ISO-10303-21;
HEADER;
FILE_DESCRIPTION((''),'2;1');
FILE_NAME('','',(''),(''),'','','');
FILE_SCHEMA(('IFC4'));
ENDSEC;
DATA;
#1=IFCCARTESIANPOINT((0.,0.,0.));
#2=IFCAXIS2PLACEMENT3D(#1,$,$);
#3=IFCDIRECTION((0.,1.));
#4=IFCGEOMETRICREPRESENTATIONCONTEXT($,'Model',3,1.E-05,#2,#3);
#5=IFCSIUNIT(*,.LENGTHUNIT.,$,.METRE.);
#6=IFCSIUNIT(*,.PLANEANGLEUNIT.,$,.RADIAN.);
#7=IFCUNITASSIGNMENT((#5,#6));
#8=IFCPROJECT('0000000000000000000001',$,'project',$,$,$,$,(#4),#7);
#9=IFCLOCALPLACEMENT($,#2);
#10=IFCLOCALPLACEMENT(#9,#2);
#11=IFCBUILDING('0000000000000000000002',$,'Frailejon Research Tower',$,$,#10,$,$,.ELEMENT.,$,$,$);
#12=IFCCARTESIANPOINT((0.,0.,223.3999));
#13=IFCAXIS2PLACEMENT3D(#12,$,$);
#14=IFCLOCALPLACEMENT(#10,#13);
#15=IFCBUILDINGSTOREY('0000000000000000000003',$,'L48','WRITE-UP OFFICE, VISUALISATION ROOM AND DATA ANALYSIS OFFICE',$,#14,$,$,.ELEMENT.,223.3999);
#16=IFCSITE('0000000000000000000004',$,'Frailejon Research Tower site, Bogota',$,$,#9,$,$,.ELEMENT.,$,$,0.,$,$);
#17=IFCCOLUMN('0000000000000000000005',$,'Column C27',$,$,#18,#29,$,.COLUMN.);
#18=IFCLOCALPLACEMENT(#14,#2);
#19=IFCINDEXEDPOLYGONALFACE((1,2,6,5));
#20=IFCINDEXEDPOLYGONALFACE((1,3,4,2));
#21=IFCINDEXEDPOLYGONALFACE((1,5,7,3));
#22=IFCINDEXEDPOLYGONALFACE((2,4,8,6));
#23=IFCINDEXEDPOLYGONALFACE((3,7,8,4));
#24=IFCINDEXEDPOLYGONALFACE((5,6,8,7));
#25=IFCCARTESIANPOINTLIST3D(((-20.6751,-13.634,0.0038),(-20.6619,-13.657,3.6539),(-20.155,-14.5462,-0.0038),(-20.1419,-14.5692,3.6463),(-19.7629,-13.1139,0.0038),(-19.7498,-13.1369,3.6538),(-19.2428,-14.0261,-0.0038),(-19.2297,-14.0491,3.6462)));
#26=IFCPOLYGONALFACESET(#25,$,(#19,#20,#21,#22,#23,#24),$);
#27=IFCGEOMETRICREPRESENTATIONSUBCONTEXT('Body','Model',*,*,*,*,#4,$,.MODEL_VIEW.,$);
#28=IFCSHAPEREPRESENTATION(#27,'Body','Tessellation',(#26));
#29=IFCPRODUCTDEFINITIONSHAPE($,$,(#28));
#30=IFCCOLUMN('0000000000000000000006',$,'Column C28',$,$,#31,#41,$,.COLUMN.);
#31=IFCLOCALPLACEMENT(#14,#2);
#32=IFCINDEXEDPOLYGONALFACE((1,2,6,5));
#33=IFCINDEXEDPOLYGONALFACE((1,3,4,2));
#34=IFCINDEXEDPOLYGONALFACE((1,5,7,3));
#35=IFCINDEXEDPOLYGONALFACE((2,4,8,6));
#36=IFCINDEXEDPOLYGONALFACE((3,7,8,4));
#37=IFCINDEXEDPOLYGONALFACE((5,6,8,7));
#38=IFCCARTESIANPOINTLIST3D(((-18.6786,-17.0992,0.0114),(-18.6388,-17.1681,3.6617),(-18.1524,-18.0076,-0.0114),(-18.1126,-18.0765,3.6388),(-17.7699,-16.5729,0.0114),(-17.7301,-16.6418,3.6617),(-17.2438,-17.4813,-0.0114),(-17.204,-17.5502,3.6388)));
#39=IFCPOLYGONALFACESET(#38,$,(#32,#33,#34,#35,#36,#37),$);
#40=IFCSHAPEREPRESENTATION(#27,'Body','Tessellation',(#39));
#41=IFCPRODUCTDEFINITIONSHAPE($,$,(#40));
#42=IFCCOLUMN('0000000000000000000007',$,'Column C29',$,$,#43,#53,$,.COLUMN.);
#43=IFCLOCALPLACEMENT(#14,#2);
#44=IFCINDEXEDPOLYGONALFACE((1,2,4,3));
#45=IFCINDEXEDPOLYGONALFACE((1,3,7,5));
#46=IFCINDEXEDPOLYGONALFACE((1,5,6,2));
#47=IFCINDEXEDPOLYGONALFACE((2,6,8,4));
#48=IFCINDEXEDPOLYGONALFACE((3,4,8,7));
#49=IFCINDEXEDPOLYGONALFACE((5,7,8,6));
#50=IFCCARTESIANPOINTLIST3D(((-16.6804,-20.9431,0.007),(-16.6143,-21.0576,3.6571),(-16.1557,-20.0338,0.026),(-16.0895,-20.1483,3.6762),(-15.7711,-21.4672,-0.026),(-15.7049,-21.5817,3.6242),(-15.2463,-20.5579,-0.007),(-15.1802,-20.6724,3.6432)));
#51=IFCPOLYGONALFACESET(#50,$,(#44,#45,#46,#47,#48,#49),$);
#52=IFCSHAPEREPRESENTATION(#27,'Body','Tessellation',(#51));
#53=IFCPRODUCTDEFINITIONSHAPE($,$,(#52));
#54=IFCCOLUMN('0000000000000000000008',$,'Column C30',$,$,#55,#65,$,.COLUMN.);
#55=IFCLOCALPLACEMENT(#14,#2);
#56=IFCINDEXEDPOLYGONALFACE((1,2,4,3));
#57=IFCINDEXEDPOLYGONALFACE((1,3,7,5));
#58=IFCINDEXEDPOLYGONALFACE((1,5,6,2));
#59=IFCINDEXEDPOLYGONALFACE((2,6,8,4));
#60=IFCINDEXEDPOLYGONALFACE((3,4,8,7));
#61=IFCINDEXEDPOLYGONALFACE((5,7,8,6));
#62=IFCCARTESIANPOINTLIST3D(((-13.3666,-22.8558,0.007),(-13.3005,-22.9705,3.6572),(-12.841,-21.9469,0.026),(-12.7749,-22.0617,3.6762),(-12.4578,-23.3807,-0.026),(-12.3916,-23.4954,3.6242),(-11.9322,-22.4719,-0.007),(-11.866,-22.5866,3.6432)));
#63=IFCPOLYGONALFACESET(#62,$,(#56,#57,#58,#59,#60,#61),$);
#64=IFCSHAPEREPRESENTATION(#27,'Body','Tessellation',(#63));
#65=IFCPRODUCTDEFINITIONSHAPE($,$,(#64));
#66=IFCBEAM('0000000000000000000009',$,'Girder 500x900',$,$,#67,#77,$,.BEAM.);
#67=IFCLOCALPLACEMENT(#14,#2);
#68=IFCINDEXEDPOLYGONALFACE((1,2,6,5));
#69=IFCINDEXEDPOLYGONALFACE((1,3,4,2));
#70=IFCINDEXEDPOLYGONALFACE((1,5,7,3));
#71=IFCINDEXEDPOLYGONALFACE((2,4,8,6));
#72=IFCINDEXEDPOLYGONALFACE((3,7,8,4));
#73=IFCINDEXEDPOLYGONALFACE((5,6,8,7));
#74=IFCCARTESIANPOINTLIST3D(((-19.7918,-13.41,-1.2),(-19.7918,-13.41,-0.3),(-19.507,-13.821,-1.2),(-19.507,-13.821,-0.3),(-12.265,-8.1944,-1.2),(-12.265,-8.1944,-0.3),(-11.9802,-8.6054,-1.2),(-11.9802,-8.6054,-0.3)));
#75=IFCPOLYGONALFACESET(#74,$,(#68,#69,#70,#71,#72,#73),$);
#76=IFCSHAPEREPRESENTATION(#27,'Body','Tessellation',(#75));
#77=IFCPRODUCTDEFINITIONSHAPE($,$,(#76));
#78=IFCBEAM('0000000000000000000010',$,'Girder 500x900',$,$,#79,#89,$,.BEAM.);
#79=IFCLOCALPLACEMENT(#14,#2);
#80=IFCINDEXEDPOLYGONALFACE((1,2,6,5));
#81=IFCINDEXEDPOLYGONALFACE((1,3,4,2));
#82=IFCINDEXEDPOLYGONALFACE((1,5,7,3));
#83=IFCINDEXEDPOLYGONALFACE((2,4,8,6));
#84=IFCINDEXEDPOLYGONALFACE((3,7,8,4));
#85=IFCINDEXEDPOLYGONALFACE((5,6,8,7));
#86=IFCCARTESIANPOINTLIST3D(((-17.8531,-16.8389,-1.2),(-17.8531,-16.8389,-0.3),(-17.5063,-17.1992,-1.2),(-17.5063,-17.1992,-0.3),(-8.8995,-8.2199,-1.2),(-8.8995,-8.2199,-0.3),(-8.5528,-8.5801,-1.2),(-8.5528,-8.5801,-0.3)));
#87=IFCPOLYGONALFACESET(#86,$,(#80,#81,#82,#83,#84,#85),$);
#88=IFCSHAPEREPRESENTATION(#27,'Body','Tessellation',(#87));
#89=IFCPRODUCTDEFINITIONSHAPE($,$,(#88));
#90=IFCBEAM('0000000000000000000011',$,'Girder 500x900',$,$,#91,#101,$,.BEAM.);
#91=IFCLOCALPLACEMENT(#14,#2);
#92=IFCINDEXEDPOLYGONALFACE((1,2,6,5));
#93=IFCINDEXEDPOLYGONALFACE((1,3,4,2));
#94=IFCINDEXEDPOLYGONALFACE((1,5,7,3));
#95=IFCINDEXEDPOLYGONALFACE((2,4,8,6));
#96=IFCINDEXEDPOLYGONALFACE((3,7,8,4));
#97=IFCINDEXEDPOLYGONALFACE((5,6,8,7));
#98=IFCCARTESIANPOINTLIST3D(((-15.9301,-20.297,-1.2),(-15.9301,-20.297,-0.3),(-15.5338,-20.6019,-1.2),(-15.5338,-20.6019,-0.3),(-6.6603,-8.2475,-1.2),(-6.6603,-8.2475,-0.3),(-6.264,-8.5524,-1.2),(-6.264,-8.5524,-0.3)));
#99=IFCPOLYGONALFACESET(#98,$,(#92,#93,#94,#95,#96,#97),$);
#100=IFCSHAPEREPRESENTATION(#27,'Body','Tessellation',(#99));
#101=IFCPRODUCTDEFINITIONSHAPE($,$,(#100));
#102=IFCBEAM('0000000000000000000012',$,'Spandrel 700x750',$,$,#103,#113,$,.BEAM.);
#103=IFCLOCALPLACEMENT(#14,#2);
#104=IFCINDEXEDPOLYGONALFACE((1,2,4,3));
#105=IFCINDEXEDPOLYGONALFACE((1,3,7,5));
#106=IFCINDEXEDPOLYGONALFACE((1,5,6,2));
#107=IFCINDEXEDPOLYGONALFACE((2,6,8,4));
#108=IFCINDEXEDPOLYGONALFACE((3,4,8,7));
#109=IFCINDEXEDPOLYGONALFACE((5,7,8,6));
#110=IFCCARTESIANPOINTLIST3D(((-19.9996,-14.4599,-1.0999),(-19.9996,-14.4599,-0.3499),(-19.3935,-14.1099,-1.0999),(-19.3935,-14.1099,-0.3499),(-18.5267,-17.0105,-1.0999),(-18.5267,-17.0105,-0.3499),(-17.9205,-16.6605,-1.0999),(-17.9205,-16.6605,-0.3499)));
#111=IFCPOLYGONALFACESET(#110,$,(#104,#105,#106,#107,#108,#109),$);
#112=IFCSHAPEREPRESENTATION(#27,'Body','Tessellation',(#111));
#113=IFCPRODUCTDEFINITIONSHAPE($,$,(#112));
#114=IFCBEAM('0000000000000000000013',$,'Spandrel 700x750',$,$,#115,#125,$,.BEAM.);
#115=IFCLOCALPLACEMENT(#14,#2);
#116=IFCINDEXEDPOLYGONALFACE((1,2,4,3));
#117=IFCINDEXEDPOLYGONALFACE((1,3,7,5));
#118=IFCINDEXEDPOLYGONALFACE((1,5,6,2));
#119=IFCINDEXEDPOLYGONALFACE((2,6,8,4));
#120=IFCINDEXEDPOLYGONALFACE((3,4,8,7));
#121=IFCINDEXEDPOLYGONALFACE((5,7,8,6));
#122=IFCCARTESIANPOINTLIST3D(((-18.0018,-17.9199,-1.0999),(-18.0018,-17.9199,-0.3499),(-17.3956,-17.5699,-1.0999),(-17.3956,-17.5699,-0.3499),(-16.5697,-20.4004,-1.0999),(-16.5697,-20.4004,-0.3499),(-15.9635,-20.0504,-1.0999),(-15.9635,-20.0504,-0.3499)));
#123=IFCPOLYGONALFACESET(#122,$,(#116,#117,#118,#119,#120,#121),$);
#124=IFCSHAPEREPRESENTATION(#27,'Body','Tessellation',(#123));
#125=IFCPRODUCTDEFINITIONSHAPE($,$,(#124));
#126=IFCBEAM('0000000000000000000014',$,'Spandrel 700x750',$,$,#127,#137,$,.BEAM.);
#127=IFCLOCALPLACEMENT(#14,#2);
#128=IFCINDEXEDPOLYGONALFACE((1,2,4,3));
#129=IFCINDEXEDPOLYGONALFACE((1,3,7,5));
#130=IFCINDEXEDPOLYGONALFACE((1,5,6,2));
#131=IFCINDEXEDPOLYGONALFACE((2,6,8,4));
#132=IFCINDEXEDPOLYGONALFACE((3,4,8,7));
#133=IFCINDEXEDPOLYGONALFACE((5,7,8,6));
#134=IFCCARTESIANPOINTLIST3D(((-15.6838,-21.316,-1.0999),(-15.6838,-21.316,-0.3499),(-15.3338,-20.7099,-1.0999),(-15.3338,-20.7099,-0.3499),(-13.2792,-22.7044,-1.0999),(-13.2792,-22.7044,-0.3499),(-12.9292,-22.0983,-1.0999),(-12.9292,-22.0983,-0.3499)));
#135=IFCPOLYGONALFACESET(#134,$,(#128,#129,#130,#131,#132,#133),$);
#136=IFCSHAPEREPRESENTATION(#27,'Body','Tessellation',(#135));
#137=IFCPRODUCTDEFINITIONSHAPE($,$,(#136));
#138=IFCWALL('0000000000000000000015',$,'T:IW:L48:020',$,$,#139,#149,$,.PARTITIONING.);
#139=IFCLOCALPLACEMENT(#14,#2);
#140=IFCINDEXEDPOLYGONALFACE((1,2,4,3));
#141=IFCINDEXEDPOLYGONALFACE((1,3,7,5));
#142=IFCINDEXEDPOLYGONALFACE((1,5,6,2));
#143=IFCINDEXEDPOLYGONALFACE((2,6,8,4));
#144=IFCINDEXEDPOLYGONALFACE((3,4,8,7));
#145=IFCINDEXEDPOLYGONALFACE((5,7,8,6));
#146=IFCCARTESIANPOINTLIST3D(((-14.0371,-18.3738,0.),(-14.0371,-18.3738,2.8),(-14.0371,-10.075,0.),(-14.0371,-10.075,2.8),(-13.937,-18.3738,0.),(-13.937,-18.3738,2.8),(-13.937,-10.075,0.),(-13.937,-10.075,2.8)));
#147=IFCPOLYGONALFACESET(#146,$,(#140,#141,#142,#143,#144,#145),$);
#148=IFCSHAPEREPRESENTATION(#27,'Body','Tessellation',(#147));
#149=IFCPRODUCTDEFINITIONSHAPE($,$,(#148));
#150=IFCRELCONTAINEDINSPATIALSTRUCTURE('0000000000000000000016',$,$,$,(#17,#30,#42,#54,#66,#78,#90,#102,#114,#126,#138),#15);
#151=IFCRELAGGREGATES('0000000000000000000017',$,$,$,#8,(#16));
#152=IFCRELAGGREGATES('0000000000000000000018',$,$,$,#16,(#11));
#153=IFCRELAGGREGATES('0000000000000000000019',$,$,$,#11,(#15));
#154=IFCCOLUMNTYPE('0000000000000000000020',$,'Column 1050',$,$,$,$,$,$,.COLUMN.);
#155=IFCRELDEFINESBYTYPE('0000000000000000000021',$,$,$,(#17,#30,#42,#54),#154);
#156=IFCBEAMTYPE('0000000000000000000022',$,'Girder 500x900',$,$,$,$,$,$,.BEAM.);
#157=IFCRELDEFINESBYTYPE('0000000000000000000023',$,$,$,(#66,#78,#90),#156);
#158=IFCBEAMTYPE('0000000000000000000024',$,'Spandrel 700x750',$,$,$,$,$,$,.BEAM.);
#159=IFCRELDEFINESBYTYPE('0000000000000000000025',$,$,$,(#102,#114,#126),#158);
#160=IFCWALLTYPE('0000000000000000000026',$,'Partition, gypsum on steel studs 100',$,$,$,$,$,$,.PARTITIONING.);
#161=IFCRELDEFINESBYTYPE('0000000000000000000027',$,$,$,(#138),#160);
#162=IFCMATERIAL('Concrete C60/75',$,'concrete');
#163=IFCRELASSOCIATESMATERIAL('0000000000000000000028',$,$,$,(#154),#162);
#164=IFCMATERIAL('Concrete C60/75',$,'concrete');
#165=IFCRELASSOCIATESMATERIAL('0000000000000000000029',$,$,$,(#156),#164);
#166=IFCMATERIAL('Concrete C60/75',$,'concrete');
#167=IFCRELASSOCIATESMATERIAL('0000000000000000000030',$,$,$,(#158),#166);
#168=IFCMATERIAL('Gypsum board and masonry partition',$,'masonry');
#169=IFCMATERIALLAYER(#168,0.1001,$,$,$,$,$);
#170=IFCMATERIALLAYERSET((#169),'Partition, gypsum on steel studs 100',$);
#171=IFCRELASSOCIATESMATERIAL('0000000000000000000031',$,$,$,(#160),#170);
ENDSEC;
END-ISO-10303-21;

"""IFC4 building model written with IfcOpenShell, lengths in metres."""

from ifc_helpers import new_model, si_unit, direction, frame, frame_2d, origin, origin_2d, place, context, subcontext, project, spatial, rectangle, extrude, material, layer, layer_set, material_profile, profile_set, type_object, element, save


model = new_model("IFC4")

# Units and contexts
model_context = context("Model", 3, precision=1e-05, world=origin(), true_north=direction((0.0, 1.0)))
body_context = subcontext(model_context, "Body", "Model", "MODEL_VIEW")
ifc_project = project(units=[si_unit("LENGTHUNIT", "METRE"), si_unit("PLANEANGLEUNIT", "RADIAN")], contexts=[model_context])

# Site, building, storey
site_placement = place(None, origin())
site = spatial("IfcSite", under=ifc_project, at=site_placement, Name="Frailejon Research Tower site, Bogota", CompositionType="ELEMENT", RefElevation=0.0)
building_placement = place(site_placement, origin())
building = spatial("IfcBuilding", under=site, at=building_placement, Name="Frailejon Research Tower", CompositionType="ELEMENT")
storey_placement = place(building_placement, frame((0.0, 0.0, 223.3999)))
storey = spatial("IfcBuildingStorey", under=building, at=storey_placement, Name="L48", Description="WRITE-UP OFFICE, VISUALISATION ROOM AND DATA ANALYSIS OFFICE", CompositionType="ELEMENT", Elevation=223.3999)

# Columns
ifc_material_1 = material(Name="Concrete C60/75", Category="concrete")
ifc_material_profile_1 = material_profile(ifc_material_1, rectangle(XDim=1.05, YDim=1.05, at=origin_2d()), Name="Column 1050")
ifc_profile_set_1 = profile_set([ifc_material_profile_1], Name="Concrete C60/75")
column_type = type_object("IfcColumnType", Name="Column 1050", PredefinedType="COLUMN", material=ifc_profile_set_1)
column_1_placement = place(storey_placement, frame((-19.959, -13.8301, 0.0), z_axis=(0.003612, -0.006287, 0.999974), x_axis=(0.495303, -0.86869, -0.007251)))
element("IfcColumn", 1, at=column_1_placement, inside=storey, type_object=column_type, Name="Column C27", PredefinedType="COLUMN", context=body_context, shape_type="SweptSolid", body=[
    extrude(rectangle(XDim=1.05, YDim=1.05, at=origin_2d()), origin(), (0.0, 0.0, 1.0), 3.6501),
])
column_2_placement = place(storey_placement, frame((-17.9612, -17.2903, 0.0), z_axis=(0.0109, -0.018857, 0.999763), x_axis=(0.501086, -0.865123, -0.021781)))
element("IfcColumn", 2, at=column_2_placement, inside=storey, type_object=column_type, Name="Column C28", PredefinedType="COLUMN", context=body_context, shape_type="SweptSolid", body=[
    extrude(rectangle(XDim=1.05, YDim=1.05, at=origin_2d()), origin(), (0.0, 0.0, 1.0), 3.6511),
])
for number, where, z_axis, x_axis, name in (
    (3, (-15.9634, -20.7505, 0.0), (0.018114, -0.031349, 0.999344), (0.865981, -0.499093, -0.031353), "Column C29"),
    (4, (-12.6494, -22.6638, 0.0), (0.018114, -0.031415, 0.999342), (0.86552, -0.499889, -0.031403), "Column C30"),
):
    element("IfcColumn", number, at=place(storey_placement, frame(where, z_axis=z_axis, x_axis=x_axis)), inside=storey, type_object=column_type, Name=name, PredefinedType="COLUMN", context=body_context, shape_type="SweptSolid", body=[
        extrude(rectangle(XDim=1.05, YDim=1.05, at=origin_2d()), origin(), (0.0, 0.0, 1.0), 3.6526),
    ])

# Beams
ifc_material_2 = material(Name="Concrete C60/75", Category="concrete")
ifc_material_profile_2 = material_profile(ifc_material_2, rectangle(XDim=0.5, YDim=0.8999, at=origin_2d()), Name="Girder 500x900")
ifc_profile_set_2 = profile_set([ifc_material_profile_2], Name="Concrete C60/75")
beam_type_1 = type_object("IfcBeamType", Name="Girder 500x900", PredefinedType="BEAM", material=ifc_profile_set_2)
beam_1_placement = place(storey_placement, frame((-19.6494, -13.6155, -0.75), z_axis=(0.821953, 0.569555, 0.0), x_axis=(-0.569555, 0.821953, 0.0)))
element("IfcBeam", 5, at=beam_1_placement, inside=storey, type_object=beam_type_1, Name="Girder 500x900", PredefinedType="BEAM", context=body_context, shape_type="SweptSolid", body=[
    extrude(rectangle(XDim=0.5, YDim=0.8999, at=origin_2d()), origin(), (0.0, 0.0, 1.0), 9.1572),
])
beam_2_placement = place(storey_placement, frame((-17.6797, -17.019, -0.75), z_axis=(0.720435, 0.693522, 0.0), x_axis=(-0.693522, 0.720435, 0.0)))
element("IfcBeam", 6, at=beam_2_placement, inside=storey, type_object=beam_type_1, Name="Girder 500x900", PredefinedType="BEAM", context=body_context, shape_type="SweptSolid", body=[
    extrude(rectangle(XDim=0.5, YDim=0.8999, at=origin_2d()), origin(), (0.0, 0.0, 1.0), 12.428),
])
beam_3_placement = place(storey_placement, frame((-15.7319, -20.4495, -0.75), z_axis=(0.609747, 0.792596, 0.0), x_axis=(-0.792596, 0.609747, 0.0)))
element("IfcBeam", 7, at=beam_3_placement, inside=storey, type_object=beam_type_1, Name="Girder 500x900", PredefinedType="BEAM", context=body_context, shape_type="SweptSolid", body=[
    extrude(rectangle(XDim=0.5, YDim=0.8999, at=origin_2d()), origin(), (0.0, 0.0, 1.0), 15.2026),
])
ifc_material_3 = material(Name="Concrete C60/75", Category="concrete")
ifc_material_profile_3 = material_profile(ifc_material_3, rectangle(XDim=0.7, YDim=0.75, at=origin_2d()), Name="Spandrel 700x750")
ifc_profile_set_3 = profile_set([ifc_material_profile_3], Name="Concrete C60/75")
beam_type_2 = type_object("IfcBeamType", Name="Spandrel 700x750", PredefinedType="BEAM", material=ifc_profile_set_3)
beam_4_placement = place(storey_placement, frame((-19.6965, -14.2849, -0.7249), z_axis=(0.500088, -0.865974, 0.0), x_axis=(0.865974, 0.500088, 0.0)))
element("IfcBeam", 8, at=beam_4_placement, inside=storey, type_object=beam_type_2, Name="Spandrel 700x750", PredefinedType="BEAM", context=body_context, shape_type="SweptSolid", body=[
    extrude(rectangle(XDim=0.7, YDim=0.75, at=origin_2d()), origin(), (0.0, 0.0, 1.0), 2.9453),
])
beam_5_placement = place(storey_placement, frame((-17.6987, -17.7449, -0.7249), z_axis=(0.500008, -0.866021, 0.0), x_axis=(0.866021, 0.500008, 0.0)))
element("IfcBeam", 9, at=beam_5_placement, inside=storey, type_object=beam_type_2, Name="Spandrel 700x750", PredefinedType="BEAM", context=body_context, shape_type="SweptSolid", body=[
    extrude(rectangle(XDim=0.7, YDim=0.75, at=origin_2d()), origin(), (0.0, 0.0, 1.0), 2.8643),
])
beam_6_placement = place(storey_placement, frame((-15.5088, -21.0129, -0.7249), z_axis=(0.866, -0.500045, 0.0), x_axis=(0.500045, 0.866, 0.0)))
element("IfcBeam", 10, at=beam_6_placement, inside=storey, type_object=beam_type_2, Name="Spandrel 700x750", PredefinedType="BEAM", context=body_context, shape_type="SweptSolid", body=[
    extrude(rectangle(XDim=0.7, YDim=0.75, at=origin_2d()), origin(), (0.0, 0.0, 1.0), 2.7766),
])

# Wall
ifc_material_4 = material(Name="Gypsum board and masonry partition", Category="masonry")
ifc_layer_1 = layer(ifc_material_4, 0.1001)
ifc_layer_set_1 = layer_set([ifc_layer_1], Name="Partition, gypsum on steel studs 100")
wall_type_1 = type_object("IfcWallType", Name="Partition, gypsum on steel studs 100", PredefinedType="PARTITIONING", material=ifc_layer_set_1)
wall_1_placement = place(storey_placement, frame((-13.9871, -18.3738, 0.0), z_axis=(0.0, 0.0, 1.0), x_axis=(0.0, 1.0, 0.0)))
element("IfcWall", 11, at=wall_1_placement, inside=storey, type_object=wall_type_1, Name="T:IW:L48:020", PredefinedType="PARTITIONING", context=body_context, shape_type="SweptSolid", body=[
    extrude(rectangle(XDim=8.2988, YDim=0.1001, at=frame_2d((4.1494, 0.0))), origin(), (0.0, 0.0, 1.0), 2.8),
])

save(model, "model.ifc")
